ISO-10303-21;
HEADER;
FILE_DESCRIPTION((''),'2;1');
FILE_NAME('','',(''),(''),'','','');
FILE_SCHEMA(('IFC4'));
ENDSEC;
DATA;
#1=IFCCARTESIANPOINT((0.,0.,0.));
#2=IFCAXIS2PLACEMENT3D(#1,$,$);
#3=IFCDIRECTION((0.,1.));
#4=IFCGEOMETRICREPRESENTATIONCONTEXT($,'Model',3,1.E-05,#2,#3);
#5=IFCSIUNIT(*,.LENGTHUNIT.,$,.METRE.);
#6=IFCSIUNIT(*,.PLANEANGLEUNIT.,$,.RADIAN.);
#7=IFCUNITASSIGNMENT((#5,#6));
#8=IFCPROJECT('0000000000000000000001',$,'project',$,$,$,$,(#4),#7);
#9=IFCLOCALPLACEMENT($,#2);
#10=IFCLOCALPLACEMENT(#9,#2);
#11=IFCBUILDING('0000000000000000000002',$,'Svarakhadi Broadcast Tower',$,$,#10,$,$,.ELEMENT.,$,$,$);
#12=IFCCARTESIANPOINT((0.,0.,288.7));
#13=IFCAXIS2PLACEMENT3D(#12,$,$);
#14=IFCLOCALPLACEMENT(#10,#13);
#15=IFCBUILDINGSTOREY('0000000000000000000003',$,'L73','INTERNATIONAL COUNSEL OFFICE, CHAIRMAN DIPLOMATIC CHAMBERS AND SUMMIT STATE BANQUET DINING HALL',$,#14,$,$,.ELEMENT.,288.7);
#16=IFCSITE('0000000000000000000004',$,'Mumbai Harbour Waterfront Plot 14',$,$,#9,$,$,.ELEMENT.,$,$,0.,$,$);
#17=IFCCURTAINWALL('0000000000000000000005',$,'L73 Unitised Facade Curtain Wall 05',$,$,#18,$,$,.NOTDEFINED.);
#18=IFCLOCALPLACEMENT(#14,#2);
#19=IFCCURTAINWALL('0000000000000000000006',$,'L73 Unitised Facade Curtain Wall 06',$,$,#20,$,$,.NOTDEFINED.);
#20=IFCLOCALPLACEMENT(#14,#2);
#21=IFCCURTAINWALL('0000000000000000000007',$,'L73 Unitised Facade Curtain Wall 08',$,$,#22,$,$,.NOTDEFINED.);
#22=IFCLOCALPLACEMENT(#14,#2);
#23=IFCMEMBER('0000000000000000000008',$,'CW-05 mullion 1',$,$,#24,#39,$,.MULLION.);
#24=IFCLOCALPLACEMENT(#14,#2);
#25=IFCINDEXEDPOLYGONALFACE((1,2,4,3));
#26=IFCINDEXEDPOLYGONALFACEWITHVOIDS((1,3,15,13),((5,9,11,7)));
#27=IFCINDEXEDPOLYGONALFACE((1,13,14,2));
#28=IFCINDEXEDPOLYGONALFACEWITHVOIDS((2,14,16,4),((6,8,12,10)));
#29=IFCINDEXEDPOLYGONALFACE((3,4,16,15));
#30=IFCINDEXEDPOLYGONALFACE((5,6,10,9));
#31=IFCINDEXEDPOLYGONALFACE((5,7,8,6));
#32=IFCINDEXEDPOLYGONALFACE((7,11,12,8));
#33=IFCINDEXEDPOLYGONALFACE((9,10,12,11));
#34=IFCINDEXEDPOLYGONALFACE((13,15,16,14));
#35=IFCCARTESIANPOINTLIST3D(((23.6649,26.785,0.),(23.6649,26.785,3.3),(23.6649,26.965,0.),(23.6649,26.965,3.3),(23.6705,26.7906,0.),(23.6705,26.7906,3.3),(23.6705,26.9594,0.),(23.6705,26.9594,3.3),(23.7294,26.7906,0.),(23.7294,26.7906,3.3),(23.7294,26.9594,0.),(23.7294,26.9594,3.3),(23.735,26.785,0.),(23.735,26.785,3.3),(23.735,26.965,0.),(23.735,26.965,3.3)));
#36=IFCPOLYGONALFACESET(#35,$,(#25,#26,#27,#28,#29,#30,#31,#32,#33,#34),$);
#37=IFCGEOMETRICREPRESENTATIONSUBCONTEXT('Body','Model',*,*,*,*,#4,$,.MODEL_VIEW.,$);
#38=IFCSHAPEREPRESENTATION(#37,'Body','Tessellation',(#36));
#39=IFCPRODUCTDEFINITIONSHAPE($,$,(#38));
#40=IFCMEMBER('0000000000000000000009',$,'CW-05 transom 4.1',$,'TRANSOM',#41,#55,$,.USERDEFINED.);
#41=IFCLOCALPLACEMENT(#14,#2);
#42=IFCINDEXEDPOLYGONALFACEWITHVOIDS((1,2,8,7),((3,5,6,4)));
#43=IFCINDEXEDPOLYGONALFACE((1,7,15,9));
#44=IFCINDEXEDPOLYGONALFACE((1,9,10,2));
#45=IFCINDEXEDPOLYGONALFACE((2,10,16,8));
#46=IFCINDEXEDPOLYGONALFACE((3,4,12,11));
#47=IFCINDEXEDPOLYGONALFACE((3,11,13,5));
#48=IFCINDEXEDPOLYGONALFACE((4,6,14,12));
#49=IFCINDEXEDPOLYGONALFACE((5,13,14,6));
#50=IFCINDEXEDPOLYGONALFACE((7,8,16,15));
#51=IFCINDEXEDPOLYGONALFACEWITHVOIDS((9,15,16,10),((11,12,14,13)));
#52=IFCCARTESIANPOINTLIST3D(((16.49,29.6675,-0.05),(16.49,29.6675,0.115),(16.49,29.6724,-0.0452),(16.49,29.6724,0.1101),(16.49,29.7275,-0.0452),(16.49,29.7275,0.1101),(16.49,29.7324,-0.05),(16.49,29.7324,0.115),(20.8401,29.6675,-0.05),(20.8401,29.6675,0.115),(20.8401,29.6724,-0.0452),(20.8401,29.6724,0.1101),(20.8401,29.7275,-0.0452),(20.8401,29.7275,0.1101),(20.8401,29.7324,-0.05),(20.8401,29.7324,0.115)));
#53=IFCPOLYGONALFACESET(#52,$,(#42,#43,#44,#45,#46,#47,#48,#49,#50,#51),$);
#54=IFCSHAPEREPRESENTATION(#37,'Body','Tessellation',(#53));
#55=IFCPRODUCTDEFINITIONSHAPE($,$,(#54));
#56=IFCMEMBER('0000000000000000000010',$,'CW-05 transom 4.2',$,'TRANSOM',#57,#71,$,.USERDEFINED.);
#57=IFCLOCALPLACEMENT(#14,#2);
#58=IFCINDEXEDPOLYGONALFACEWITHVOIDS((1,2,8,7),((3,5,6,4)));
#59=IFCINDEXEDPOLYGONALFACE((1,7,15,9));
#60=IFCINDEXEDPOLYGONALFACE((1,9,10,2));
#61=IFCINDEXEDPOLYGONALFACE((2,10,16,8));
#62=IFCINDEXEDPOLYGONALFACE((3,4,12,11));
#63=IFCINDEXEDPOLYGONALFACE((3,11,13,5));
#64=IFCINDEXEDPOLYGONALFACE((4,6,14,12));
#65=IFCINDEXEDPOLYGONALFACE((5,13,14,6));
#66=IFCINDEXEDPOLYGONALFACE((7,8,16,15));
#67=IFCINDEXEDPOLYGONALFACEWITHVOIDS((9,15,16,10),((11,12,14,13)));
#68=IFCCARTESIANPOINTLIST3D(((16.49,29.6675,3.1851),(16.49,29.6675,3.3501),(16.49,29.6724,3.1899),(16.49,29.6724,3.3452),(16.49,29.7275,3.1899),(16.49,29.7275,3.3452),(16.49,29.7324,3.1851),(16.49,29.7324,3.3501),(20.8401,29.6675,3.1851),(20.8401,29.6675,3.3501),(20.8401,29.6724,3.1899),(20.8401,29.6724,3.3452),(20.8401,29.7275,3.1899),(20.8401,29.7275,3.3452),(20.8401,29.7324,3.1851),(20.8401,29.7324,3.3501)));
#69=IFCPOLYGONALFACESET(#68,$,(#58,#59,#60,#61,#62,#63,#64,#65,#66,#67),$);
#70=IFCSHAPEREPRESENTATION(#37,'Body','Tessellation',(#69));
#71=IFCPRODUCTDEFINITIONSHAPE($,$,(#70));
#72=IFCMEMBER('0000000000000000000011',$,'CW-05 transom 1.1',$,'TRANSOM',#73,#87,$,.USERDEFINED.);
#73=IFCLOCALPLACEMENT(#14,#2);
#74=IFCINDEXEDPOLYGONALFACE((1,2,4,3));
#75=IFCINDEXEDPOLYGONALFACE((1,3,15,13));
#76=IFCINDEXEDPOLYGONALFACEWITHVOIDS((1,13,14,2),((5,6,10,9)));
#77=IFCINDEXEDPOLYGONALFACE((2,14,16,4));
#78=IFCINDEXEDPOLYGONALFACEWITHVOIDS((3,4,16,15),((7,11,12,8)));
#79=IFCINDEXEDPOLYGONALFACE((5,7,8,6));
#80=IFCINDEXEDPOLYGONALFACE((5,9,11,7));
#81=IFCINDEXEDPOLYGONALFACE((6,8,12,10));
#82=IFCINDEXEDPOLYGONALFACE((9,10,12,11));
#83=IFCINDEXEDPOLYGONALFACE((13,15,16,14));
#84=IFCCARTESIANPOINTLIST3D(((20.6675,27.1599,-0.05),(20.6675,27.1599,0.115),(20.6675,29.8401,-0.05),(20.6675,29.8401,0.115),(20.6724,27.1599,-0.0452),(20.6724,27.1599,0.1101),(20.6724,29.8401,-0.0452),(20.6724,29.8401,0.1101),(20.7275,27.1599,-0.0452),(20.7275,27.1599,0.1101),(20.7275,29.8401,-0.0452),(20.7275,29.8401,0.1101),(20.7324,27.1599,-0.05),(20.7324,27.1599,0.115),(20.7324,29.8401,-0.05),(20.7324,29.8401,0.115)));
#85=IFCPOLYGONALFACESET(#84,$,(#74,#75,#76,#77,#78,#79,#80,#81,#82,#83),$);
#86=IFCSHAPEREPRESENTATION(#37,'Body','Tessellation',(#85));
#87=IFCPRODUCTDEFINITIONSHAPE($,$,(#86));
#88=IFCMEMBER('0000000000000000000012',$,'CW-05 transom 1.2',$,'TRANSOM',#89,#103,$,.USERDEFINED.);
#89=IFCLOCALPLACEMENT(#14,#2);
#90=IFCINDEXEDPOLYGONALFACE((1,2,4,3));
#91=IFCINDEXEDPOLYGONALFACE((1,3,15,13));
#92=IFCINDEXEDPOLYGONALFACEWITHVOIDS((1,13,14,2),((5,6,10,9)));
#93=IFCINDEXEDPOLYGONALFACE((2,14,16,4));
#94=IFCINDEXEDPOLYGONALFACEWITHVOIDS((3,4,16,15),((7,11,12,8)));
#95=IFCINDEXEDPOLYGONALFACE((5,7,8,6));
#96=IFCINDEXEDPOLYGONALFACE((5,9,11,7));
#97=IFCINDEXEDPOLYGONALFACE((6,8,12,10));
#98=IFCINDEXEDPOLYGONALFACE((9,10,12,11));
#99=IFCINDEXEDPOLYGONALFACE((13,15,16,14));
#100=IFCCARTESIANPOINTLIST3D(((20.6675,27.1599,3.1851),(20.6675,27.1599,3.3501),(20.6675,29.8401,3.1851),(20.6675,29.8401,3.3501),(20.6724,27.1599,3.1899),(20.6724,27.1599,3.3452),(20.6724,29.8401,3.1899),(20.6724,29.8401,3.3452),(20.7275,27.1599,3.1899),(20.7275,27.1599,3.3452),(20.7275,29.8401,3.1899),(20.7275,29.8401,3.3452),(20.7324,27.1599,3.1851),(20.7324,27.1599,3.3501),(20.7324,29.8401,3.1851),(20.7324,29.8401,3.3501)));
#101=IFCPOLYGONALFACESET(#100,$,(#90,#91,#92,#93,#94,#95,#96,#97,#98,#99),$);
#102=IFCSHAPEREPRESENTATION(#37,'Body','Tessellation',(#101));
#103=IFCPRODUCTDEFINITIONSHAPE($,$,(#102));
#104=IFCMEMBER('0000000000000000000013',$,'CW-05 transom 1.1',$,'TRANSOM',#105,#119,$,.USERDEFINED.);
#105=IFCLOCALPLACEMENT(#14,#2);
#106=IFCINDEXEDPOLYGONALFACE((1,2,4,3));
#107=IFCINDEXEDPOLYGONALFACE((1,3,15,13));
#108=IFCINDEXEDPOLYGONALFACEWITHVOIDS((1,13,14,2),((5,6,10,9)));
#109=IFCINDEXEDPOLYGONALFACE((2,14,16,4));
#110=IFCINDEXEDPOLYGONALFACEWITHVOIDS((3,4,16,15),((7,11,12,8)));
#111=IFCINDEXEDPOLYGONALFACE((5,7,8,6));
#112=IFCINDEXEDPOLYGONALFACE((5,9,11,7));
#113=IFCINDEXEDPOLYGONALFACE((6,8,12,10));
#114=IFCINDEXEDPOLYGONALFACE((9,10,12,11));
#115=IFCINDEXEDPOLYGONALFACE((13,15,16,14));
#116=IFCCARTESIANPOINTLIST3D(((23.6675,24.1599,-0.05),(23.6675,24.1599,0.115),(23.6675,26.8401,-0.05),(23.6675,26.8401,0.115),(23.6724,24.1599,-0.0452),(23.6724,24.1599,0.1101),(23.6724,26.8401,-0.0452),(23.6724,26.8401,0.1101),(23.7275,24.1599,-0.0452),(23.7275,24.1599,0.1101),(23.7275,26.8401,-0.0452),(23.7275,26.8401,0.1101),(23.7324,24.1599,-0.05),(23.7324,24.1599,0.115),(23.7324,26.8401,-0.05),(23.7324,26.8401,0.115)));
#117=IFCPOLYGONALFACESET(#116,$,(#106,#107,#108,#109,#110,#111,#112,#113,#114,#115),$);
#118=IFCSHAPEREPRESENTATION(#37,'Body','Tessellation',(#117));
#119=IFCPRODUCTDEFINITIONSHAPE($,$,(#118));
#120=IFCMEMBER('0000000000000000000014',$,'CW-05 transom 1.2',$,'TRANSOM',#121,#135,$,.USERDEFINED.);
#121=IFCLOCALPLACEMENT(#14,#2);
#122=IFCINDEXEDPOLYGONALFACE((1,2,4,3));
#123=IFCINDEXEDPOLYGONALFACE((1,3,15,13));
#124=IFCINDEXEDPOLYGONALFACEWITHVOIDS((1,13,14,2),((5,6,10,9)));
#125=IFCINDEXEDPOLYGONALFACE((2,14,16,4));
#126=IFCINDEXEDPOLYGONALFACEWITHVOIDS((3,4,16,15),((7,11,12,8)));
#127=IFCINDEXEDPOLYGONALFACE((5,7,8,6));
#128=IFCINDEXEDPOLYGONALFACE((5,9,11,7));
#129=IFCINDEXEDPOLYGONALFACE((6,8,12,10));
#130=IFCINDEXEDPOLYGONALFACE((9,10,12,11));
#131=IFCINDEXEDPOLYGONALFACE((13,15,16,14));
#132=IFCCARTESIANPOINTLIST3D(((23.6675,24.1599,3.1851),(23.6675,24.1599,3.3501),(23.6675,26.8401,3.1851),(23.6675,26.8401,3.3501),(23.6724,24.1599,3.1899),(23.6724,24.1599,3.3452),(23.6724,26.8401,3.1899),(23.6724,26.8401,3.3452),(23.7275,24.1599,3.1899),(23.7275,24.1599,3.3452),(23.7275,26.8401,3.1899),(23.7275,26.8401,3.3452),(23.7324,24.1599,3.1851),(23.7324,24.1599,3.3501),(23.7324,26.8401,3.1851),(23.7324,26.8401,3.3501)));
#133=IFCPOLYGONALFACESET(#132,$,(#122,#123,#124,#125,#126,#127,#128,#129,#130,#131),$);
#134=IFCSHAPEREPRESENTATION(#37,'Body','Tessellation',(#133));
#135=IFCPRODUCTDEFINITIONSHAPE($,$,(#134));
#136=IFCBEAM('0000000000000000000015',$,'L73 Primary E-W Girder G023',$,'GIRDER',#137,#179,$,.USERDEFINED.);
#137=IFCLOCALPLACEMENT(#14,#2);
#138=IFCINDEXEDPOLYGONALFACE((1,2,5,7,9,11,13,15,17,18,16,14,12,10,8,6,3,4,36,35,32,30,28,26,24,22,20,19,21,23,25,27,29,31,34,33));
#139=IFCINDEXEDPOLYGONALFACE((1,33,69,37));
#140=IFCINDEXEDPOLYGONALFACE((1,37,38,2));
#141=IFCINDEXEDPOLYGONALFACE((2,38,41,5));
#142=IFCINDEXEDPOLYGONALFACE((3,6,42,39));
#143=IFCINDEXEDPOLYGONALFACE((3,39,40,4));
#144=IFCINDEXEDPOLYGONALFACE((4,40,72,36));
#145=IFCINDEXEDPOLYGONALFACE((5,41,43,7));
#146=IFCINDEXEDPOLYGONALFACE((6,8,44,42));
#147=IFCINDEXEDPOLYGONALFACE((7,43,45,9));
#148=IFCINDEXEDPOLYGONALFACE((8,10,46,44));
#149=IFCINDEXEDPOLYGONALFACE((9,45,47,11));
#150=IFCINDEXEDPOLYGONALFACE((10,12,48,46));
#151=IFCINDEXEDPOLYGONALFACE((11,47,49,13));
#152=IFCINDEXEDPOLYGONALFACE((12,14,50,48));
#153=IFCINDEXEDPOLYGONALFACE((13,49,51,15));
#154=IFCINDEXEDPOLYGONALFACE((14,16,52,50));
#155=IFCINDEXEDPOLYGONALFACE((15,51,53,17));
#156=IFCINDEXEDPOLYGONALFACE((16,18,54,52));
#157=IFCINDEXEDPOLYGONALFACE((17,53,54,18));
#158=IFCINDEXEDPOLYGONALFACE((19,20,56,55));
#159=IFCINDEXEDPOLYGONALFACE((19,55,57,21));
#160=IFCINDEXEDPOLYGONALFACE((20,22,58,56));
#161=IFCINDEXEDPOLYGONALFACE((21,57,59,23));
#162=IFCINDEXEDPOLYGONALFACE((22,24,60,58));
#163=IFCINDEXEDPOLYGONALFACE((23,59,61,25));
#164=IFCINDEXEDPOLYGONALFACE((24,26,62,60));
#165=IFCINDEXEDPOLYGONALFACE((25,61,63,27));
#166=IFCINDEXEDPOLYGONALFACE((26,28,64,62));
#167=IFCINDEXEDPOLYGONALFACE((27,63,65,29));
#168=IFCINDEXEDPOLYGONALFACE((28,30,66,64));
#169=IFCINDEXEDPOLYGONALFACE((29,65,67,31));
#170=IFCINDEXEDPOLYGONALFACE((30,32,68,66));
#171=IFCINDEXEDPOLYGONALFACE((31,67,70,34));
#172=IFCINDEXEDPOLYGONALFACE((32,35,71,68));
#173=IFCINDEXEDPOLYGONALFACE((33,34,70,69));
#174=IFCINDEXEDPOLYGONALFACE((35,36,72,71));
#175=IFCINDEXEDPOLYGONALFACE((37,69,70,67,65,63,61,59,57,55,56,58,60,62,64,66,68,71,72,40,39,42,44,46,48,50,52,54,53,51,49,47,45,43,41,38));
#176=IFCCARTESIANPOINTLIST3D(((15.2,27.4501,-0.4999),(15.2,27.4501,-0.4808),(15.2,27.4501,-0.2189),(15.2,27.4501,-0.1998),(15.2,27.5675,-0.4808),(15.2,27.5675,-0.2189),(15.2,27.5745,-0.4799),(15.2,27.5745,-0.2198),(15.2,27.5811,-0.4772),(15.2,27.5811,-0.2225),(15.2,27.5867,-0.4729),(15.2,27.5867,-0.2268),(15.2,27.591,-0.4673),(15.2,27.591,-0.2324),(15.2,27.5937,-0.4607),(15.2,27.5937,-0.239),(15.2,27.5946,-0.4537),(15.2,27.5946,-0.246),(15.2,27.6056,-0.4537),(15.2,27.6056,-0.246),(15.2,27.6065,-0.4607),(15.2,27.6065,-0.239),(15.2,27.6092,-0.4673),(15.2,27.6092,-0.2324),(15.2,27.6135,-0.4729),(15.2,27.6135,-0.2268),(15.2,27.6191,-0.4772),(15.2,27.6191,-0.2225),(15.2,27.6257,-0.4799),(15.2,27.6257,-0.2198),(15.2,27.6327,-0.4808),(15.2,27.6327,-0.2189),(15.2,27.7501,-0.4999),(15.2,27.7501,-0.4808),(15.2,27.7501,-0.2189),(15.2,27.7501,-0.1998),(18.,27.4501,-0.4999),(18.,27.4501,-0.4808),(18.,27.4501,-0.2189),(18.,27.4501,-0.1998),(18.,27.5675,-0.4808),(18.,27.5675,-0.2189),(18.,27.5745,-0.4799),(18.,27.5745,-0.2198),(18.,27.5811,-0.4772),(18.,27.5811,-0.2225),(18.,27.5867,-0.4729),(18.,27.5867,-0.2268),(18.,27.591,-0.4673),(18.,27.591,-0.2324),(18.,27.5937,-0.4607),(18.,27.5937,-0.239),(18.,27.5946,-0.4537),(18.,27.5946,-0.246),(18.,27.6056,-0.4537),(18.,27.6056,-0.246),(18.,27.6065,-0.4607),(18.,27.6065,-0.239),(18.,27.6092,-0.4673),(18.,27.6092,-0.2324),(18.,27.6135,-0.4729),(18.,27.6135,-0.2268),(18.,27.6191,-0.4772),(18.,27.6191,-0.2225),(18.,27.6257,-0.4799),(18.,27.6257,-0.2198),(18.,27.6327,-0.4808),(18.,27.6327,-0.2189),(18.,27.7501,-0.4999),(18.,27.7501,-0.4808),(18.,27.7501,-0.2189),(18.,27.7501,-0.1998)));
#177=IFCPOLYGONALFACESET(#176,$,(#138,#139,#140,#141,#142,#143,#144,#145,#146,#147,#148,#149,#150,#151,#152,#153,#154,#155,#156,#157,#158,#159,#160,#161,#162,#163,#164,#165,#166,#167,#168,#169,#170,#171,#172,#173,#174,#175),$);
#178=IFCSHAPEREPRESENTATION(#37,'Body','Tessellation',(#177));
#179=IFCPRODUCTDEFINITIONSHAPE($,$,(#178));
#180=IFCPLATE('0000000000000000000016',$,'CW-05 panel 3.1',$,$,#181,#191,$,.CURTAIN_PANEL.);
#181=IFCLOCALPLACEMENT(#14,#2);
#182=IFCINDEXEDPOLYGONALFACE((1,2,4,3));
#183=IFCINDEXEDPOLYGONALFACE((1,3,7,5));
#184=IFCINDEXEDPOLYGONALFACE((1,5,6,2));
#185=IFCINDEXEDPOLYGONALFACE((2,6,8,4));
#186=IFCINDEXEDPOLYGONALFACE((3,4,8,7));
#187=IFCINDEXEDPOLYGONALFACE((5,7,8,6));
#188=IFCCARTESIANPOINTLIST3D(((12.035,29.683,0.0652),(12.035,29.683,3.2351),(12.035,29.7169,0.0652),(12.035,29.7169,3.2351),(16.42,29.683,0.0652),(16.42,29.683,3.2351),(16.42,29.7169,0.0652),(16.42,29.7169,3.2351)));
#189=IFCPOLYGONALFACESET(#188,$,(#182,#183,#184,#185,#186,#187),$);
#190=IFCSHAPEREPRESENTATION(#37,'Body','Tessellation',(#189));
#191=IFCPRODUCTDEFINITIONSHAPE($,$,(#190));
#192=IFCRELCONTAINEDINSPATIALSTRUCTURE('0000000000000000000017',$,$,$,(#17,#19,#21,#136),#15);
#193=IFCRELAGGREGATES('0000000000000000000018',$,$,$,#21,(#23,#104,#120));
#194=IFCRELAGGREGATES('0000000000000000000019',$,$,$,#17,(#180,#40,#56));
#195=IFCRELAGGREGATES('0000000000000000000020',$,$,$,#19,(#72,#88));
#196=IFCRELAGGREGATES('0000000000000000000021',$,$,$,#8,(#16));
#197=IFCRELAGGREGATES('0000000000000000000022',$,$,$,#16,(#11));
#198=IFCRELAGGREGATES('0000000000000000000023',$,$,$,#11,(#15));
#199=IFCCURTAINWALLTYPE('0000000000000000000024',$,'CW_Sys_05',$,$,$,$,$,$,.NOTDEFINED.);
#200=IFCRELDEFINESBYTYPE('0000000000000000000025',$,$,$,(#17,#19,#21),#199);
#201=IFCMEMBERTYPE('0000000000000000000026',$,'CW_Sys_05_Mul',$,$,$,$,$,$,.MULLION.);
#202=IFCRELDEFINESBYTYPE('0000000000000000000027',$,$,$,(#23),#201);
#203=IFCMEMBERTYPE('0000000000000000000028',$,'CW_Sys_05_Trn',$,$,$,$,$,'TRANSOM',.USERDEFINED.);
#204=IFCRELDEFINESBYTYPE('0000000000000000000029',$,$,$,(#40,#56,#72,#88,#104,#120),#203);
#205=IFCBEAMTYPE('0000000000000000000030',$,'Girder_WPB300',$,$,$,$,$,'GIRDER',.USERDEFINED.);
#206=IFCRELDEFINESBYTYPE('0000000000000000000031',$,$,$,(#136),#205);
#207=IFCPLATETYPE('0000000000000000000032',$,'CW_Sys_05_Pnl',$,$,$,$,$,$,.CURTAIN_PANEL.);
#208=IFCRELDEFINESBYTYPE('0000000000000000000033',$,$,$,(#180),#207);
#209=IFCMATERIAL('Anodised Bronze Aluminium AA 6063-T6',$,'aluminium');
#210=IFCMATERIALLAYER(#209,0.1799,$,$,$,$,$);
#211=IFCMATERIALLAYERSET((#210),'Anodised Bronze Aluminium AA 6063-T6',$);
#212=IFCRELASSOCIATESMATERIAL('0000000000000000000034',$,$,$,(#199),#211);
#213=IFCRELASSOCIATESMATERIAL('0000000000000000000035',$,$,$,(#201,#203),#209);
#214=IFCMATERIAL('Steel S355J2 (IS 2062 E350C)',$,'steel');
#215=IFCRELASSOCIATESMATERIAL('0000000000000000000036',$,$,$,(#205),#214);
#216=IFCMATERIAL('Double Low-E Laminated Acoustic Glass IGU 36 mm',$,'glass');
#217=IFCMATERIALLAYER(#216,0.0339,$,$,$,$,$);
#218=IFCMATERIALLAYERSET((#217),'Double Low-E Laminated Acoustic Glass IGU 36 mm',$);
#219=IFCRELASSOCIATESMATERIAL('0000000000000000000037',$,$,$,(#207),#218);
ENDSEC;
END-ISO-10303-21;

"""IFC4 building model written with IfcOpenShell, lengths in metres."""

from ifc_helpers import new_model, si_unit, direction, frame, origin, origin_2d, place, context, subcontext, project, spatial, rectangle, hollow_rectangle, i_section, extrude, material, layer, layer_set, material_profile, profile_set, type_object, element, aggregate, save


model = new_model("IFC4")

# Units and contexts
model_context = context("Model", 3, precision=1e-05, world=origin(), true_north=direction((0.0, 1.0)))
body_context = subcontext(model_context, "Body", "Model", "MODEL_VIEW")
ifc_project = project(units=[si_unit("LENGTHUNIT", "METRE"), si_unit("PLANEANGLEUNIT", "RADIAN")], contexts=[model_context])

# Site, building, storey
site_placement = place(None, origin())
site = spatial("IfcSite", under=ifc_project, at=site_placement, Name="Mumbai Harbour Waterfront Plot 14", CompositionType="ELEMENT", RefElevation=0.0)
building_placement = place(site_placement, origin())
building = spatial("IfcBuilding", under=site, at=building_placement, Name="Svarakhadi Broadcast Tower", CompositionType="ELEMENT")
storey_placement = place(building_placement, frame((0.0, 0.0, 288.7)))
storey = spatial("IfcBuildingStorey", under=building, at=storey_placement, Name="L73", Description="INTERNATIONAL COUNSEL OFFICE, CHAIRMAN DIPLOMATIC CHAMBERS AND SUMMIT STATE BANQUET DINING HALL", CompositionType="ELEMENT", Elevation=288.7)

# Curtain walls
ifc_material_1 = material(Name="Anodised Bronze Aluminium AA 6063-T6", Category="aluminium")
ifc_layer_1 = layer(ifc_material_1, 0.1799)
ifc_layer_set_1 = layer_set([ifc_layer_1], Name="Anodised Bronze Aluminium AA 6063-T6")
curtain_wall_type = type_object("IfcCurtainWallType", Name="CW_Sys_05", PredefinedType="NOTDEFINED", material=ifc_layer_set_1)
curtain_wall_1_placement = place(storey_placement, origin())
curtain_wall_1 = element("IfcCurtainWall", 1, at=curtain_wall_1_placement, inside=storey, type_object=curtain_wall_type, Name="L73 Unitised Facade Curtain Wall 05", PredefinedType="NOTDEFINED")
ifc_material_profile_1 = material_profile(ifc_material_1, hollow_rectangle(XDim=0.0701, YDim=0.1799, WallThickness=0.0056, at=origin_2d()), Name="ALU MULLION 180x70x6")
ifc_profile_set_1 = profile_set([ifc_material_profile_1], Name="Anodised Bronze Aluminium AA 6063-T6")
member_type_1 = type_object("IfcMemberType", Name="CW_Sys_05_Mul", PredefinedType="MULLION", material=ifc_profile_set_1)
curtain_wall_2_placement = place(storey_placement, origin())
curtain_wall_2 = element("IfcCurtainWall", 2, at=curtain_wall_2_placement, inside=storey, type_object=curtain_wall_type, Name="L73 Unitised Facade Curtain Wall 06", PredefinedType="NOTDEFINED")

# Curtain wall, member
curtain_wall_3_placement = place(storey_placement, origin())
curtain_wall_3 = element("IfcCurtainWall", 3, at=curtain_wall_3_placement, inside=storey, type_object=curtain_wall_type, Name="L73 Unitised Facade Curtain Wall 08", PredefinedType="NOTDEFINED")
member_1_placement = place(storey_placement, frame((23.7, 26.875, 0.0), z_axis=(0.0, 0.0, 1.0), x_axis=(1.0, 0.0, 0.0)))
member_1 = element("IfcMember", 4, at=member_1_placement, type_object=member_type_1, Name="CW-05 mullion 1", PredefinedType="MULLION", context=body_context, shape_type="SweptSolid", body=[
    extrude(hollow_rectangle(XDim=0.0701, YDim=0.1799, WallThickness=0.0056, at=origin_2d()), origin(), (0.0, 0.0, 1.0), 3.3),
])

# Members
ifc_material_profile_2 = material_profile(ifc_material_1, hollow_rectangle(XDim=0.0649, YDim=0.165, WallThickness=0.0049, at=origin_2d()), Name="ALU TRANSOM 165x65x5")
ifc_profile_set_2 = profile_set([ifc_material_profile_2], Name="Anodised Bronze Aluminium AA 6063-T6")
member_type_2 = type_object("IfcMemberType", Name="CW_Sys_05_Trn", ElementType="TRANSOM", PredefinedType="USERDEFINED", material=ifc_profile_set_2)
member_2_placement = place(storey_placement, frame((16.49, 29.7, 0.0325), z_axis=(1.0, 0.0, 0.0), x_axis=(0.0, 1.0, 0.0)))
member_2 = element("IfcMember", 5, at=member_2_placement, type_object=member_type_2, Name="CW-05 transom 4.1", ObjectType="TRANSOM", PredefinedType="USERDEFINED", context=body_context, shape_type="SweptSolid", body=[
    extrude(hollow_rectangle(XDim=0.0649, YDim=0.165, WallThickness=0.0049, at=origin_2d()), origin(), (0.0, 0.0, 1.0), 4.3501),
])
member_3_placement = place(storey_placement, frame((16.49, 29.7, 3.2676), z_axis=(1.0, 0.0, 0.0), x_axis=(0.0, 1.0, 0.0)))
member_3 = element("IfcMember", 6, at=member_3_placement, type_object=member_type_2, Name="CW-05 transom 4.2", ObjectType="TRANSOM", PredefinedType="USERDEFINED", context=body_context, shape_type="SweptSolid", body=[
    extrude(hollow_rectangle(XDim=0.0649, YDim=0.165, WallThickness=0.0049, at=origin_2d()), origin(), (0.0, 0.0, 1.0), 4.3501),
])
member_4_placement = place(storey_placement, frame((20.7, 29.8401, 0.0325), z_axis=(0.0, -1.0, 0.0), x_axis=(1.0, 0.0, 0.0)))
member_4 = element("IfcMember", 7, at=member_4_placement, type_object=member_type_2, Name="CW-05 transom 1.1", ObjectType="TRANSOM", PredefinedType="USERDEFINED", context=body_context, shape_type="SweptSolid", body=[
    extrude(hollow_rectangle(XDim=0.0649, YDim=0.165, WallThickness=0.0049, at=origin_2d()), origin(), (0.0, 0.0, 1.0), 2.6802),
])
member_5_placement = place(storey_placement, frame((20.7, 29.8401, 3.2676), z_axis=(0.0, -1.0, 0.0), x_axis=(1.0, 0.0, 0.0)))
member_5 = element("IfcMember", 8, at=member_5_placement, type_object=member_type_2, Name="CW-05 transom 1.2", ObjectType="TRANSOM", PredefinedType="USERDEFINED", context=body_context, shape_type="SweptSolid", body=[
    extrude(hollow_rectangle(XDim=0.0649, YDim=0.165, WallThickness=0.0049, at=origin_2d()), origin(), (0.0, 0.0, 1.0), 2.6802),
])
member_6_placement = place(storey_placement, frame((23.7, 26.8401, 0.0325), z_axis=(0.0, -1.0, 0.0), x_axis=(1.0, 0.0, 0.0)))
member_6 = element("IfcMember", 9, at=member_6_placement, type_object=member_type_2, Name="CW-05 transom 1.1", ObjectType="TRANSOM", PredefinedType="USERDEFINED", context=body_context, shape_type="SweptSolid", body=[
    extrude(hollow_rectangle(XDim=0.0649, YDim=0.165, WallThickness=0.0049, at=origin_2d()), origin(), (0.0, 0.0, 1.0), 2.6802),
])
member_7_placement = place(storey_placement, frame((23.7, 26.8401, 3.2676), z_axis=(0.0, -1.0, 0.0), x_axis=(1.0, 0.0, 0.0)))
member_7 = element("IfcMember", 10, at=member_7_placement, type_object=member_type_2, Name="CW-05 transom 1.2", ObjectType="TRANSOM", PredefinedType="USERDEFINED", context=body_context, shape_type="SweptSolid", body=[
    extrude(hollow_rectangle(XDim=0.0649, YDim=0.165, WallThickness=0.0049, at=origin_2d()), origin(), (0.0, 0.0, 1.0), 2.6802),
])
aggregate(curtain_wall_3, [member_1, member_6, member_7])

# Beam
ifc_material_2 = material(Name="Steel S355J2 (IS 2062 E350C)", Category="steel")
ifc_material_profile_3 = material_profile(ifc_material_2, i_section(OverallWidth=0.3, OverallDepth=0.3, WebThickness=0.011, FlangeThickness=0.019, FilletRadius=0.0271, at=origin_2d()), Name="WPB 300x300x117")
ifc_profile_set_3 = profile_set([ifc_material_profile_3], Name="Steel S355J2 (IS 2062 E350C)")
beam_type = type_object("IfcBeamType", Name="Girder_WPB300", ElementType="GIRDER", PredefinedType="USERDEFINED", material=ifc_profile_set_3)
beam_placement = place(storey_placement, frame((15.2, 27.6001, -0.3499), z_axis=(1.0, 0.0, 0.0), x_axis=(0.0, 1.0, 0.0)))
element("IfcBeam", 11, at=beam_placement, inside=storey, type_object=beam_type, Name="L73 Primary E-W Girder G023", ObjectType="GIRDER", PredefinedType="USERDEFINED", context=body_context, shape_type="SweptSolid", body=[
    extrude(i_section(OverallWidth=0.3, OverallDepth=0.3, WebThickness=0.011, FlangeThickness=0.019, FilletRadius=0.0271, at=origin_2d()), origin(), (0.0, 0.0, 1.0), 2.8),
])

# Plate
ifc_material_3 = material(Name="Double Low-E Laminated Acoustic Glass IGU 36 mm", Category="glass")
ifc_layer_2 = layer(ifc_material_3, 0.0339)
ifc_layer_set_2 = layer_set([ifc_layer_2], Name="Double Low-E Laminated Acoustic Glass IGU 36 mm")
plate_type = type_object("IfcPlateType", Name="CW_Sys_05_Pnl", PredefinedType="CURTAIN_PANEL", material=ifc_layer_set_2)
plate_1_placement = place(storey_placement, frame((14.2275, 29.7, 0.0652), z_axis=(0.0, 0.0, 1.0), x_axis=(1.0, 0.0, 0.0)))
plate_1 = element("IfcPlate", 12, at=plate_1_placement, type_object=plate_type, Name="CW-05 panel 3.1", PredefinedType="CURTAIN_PANEL", context=body_context, shape_type="SweptSolid", body=[
    extrude(rectangle(XDim=4.385, YDim=0.0339, at=origin_2d()), origin(), (0.0, 0.0, 1.0), 3.1699),
])
aggregate(curtain_wall_1, [plate_1, member_2, member_3])
aggregate(curtain_wall_2, [member_4, member_5])

save(model, "model.ifc")
